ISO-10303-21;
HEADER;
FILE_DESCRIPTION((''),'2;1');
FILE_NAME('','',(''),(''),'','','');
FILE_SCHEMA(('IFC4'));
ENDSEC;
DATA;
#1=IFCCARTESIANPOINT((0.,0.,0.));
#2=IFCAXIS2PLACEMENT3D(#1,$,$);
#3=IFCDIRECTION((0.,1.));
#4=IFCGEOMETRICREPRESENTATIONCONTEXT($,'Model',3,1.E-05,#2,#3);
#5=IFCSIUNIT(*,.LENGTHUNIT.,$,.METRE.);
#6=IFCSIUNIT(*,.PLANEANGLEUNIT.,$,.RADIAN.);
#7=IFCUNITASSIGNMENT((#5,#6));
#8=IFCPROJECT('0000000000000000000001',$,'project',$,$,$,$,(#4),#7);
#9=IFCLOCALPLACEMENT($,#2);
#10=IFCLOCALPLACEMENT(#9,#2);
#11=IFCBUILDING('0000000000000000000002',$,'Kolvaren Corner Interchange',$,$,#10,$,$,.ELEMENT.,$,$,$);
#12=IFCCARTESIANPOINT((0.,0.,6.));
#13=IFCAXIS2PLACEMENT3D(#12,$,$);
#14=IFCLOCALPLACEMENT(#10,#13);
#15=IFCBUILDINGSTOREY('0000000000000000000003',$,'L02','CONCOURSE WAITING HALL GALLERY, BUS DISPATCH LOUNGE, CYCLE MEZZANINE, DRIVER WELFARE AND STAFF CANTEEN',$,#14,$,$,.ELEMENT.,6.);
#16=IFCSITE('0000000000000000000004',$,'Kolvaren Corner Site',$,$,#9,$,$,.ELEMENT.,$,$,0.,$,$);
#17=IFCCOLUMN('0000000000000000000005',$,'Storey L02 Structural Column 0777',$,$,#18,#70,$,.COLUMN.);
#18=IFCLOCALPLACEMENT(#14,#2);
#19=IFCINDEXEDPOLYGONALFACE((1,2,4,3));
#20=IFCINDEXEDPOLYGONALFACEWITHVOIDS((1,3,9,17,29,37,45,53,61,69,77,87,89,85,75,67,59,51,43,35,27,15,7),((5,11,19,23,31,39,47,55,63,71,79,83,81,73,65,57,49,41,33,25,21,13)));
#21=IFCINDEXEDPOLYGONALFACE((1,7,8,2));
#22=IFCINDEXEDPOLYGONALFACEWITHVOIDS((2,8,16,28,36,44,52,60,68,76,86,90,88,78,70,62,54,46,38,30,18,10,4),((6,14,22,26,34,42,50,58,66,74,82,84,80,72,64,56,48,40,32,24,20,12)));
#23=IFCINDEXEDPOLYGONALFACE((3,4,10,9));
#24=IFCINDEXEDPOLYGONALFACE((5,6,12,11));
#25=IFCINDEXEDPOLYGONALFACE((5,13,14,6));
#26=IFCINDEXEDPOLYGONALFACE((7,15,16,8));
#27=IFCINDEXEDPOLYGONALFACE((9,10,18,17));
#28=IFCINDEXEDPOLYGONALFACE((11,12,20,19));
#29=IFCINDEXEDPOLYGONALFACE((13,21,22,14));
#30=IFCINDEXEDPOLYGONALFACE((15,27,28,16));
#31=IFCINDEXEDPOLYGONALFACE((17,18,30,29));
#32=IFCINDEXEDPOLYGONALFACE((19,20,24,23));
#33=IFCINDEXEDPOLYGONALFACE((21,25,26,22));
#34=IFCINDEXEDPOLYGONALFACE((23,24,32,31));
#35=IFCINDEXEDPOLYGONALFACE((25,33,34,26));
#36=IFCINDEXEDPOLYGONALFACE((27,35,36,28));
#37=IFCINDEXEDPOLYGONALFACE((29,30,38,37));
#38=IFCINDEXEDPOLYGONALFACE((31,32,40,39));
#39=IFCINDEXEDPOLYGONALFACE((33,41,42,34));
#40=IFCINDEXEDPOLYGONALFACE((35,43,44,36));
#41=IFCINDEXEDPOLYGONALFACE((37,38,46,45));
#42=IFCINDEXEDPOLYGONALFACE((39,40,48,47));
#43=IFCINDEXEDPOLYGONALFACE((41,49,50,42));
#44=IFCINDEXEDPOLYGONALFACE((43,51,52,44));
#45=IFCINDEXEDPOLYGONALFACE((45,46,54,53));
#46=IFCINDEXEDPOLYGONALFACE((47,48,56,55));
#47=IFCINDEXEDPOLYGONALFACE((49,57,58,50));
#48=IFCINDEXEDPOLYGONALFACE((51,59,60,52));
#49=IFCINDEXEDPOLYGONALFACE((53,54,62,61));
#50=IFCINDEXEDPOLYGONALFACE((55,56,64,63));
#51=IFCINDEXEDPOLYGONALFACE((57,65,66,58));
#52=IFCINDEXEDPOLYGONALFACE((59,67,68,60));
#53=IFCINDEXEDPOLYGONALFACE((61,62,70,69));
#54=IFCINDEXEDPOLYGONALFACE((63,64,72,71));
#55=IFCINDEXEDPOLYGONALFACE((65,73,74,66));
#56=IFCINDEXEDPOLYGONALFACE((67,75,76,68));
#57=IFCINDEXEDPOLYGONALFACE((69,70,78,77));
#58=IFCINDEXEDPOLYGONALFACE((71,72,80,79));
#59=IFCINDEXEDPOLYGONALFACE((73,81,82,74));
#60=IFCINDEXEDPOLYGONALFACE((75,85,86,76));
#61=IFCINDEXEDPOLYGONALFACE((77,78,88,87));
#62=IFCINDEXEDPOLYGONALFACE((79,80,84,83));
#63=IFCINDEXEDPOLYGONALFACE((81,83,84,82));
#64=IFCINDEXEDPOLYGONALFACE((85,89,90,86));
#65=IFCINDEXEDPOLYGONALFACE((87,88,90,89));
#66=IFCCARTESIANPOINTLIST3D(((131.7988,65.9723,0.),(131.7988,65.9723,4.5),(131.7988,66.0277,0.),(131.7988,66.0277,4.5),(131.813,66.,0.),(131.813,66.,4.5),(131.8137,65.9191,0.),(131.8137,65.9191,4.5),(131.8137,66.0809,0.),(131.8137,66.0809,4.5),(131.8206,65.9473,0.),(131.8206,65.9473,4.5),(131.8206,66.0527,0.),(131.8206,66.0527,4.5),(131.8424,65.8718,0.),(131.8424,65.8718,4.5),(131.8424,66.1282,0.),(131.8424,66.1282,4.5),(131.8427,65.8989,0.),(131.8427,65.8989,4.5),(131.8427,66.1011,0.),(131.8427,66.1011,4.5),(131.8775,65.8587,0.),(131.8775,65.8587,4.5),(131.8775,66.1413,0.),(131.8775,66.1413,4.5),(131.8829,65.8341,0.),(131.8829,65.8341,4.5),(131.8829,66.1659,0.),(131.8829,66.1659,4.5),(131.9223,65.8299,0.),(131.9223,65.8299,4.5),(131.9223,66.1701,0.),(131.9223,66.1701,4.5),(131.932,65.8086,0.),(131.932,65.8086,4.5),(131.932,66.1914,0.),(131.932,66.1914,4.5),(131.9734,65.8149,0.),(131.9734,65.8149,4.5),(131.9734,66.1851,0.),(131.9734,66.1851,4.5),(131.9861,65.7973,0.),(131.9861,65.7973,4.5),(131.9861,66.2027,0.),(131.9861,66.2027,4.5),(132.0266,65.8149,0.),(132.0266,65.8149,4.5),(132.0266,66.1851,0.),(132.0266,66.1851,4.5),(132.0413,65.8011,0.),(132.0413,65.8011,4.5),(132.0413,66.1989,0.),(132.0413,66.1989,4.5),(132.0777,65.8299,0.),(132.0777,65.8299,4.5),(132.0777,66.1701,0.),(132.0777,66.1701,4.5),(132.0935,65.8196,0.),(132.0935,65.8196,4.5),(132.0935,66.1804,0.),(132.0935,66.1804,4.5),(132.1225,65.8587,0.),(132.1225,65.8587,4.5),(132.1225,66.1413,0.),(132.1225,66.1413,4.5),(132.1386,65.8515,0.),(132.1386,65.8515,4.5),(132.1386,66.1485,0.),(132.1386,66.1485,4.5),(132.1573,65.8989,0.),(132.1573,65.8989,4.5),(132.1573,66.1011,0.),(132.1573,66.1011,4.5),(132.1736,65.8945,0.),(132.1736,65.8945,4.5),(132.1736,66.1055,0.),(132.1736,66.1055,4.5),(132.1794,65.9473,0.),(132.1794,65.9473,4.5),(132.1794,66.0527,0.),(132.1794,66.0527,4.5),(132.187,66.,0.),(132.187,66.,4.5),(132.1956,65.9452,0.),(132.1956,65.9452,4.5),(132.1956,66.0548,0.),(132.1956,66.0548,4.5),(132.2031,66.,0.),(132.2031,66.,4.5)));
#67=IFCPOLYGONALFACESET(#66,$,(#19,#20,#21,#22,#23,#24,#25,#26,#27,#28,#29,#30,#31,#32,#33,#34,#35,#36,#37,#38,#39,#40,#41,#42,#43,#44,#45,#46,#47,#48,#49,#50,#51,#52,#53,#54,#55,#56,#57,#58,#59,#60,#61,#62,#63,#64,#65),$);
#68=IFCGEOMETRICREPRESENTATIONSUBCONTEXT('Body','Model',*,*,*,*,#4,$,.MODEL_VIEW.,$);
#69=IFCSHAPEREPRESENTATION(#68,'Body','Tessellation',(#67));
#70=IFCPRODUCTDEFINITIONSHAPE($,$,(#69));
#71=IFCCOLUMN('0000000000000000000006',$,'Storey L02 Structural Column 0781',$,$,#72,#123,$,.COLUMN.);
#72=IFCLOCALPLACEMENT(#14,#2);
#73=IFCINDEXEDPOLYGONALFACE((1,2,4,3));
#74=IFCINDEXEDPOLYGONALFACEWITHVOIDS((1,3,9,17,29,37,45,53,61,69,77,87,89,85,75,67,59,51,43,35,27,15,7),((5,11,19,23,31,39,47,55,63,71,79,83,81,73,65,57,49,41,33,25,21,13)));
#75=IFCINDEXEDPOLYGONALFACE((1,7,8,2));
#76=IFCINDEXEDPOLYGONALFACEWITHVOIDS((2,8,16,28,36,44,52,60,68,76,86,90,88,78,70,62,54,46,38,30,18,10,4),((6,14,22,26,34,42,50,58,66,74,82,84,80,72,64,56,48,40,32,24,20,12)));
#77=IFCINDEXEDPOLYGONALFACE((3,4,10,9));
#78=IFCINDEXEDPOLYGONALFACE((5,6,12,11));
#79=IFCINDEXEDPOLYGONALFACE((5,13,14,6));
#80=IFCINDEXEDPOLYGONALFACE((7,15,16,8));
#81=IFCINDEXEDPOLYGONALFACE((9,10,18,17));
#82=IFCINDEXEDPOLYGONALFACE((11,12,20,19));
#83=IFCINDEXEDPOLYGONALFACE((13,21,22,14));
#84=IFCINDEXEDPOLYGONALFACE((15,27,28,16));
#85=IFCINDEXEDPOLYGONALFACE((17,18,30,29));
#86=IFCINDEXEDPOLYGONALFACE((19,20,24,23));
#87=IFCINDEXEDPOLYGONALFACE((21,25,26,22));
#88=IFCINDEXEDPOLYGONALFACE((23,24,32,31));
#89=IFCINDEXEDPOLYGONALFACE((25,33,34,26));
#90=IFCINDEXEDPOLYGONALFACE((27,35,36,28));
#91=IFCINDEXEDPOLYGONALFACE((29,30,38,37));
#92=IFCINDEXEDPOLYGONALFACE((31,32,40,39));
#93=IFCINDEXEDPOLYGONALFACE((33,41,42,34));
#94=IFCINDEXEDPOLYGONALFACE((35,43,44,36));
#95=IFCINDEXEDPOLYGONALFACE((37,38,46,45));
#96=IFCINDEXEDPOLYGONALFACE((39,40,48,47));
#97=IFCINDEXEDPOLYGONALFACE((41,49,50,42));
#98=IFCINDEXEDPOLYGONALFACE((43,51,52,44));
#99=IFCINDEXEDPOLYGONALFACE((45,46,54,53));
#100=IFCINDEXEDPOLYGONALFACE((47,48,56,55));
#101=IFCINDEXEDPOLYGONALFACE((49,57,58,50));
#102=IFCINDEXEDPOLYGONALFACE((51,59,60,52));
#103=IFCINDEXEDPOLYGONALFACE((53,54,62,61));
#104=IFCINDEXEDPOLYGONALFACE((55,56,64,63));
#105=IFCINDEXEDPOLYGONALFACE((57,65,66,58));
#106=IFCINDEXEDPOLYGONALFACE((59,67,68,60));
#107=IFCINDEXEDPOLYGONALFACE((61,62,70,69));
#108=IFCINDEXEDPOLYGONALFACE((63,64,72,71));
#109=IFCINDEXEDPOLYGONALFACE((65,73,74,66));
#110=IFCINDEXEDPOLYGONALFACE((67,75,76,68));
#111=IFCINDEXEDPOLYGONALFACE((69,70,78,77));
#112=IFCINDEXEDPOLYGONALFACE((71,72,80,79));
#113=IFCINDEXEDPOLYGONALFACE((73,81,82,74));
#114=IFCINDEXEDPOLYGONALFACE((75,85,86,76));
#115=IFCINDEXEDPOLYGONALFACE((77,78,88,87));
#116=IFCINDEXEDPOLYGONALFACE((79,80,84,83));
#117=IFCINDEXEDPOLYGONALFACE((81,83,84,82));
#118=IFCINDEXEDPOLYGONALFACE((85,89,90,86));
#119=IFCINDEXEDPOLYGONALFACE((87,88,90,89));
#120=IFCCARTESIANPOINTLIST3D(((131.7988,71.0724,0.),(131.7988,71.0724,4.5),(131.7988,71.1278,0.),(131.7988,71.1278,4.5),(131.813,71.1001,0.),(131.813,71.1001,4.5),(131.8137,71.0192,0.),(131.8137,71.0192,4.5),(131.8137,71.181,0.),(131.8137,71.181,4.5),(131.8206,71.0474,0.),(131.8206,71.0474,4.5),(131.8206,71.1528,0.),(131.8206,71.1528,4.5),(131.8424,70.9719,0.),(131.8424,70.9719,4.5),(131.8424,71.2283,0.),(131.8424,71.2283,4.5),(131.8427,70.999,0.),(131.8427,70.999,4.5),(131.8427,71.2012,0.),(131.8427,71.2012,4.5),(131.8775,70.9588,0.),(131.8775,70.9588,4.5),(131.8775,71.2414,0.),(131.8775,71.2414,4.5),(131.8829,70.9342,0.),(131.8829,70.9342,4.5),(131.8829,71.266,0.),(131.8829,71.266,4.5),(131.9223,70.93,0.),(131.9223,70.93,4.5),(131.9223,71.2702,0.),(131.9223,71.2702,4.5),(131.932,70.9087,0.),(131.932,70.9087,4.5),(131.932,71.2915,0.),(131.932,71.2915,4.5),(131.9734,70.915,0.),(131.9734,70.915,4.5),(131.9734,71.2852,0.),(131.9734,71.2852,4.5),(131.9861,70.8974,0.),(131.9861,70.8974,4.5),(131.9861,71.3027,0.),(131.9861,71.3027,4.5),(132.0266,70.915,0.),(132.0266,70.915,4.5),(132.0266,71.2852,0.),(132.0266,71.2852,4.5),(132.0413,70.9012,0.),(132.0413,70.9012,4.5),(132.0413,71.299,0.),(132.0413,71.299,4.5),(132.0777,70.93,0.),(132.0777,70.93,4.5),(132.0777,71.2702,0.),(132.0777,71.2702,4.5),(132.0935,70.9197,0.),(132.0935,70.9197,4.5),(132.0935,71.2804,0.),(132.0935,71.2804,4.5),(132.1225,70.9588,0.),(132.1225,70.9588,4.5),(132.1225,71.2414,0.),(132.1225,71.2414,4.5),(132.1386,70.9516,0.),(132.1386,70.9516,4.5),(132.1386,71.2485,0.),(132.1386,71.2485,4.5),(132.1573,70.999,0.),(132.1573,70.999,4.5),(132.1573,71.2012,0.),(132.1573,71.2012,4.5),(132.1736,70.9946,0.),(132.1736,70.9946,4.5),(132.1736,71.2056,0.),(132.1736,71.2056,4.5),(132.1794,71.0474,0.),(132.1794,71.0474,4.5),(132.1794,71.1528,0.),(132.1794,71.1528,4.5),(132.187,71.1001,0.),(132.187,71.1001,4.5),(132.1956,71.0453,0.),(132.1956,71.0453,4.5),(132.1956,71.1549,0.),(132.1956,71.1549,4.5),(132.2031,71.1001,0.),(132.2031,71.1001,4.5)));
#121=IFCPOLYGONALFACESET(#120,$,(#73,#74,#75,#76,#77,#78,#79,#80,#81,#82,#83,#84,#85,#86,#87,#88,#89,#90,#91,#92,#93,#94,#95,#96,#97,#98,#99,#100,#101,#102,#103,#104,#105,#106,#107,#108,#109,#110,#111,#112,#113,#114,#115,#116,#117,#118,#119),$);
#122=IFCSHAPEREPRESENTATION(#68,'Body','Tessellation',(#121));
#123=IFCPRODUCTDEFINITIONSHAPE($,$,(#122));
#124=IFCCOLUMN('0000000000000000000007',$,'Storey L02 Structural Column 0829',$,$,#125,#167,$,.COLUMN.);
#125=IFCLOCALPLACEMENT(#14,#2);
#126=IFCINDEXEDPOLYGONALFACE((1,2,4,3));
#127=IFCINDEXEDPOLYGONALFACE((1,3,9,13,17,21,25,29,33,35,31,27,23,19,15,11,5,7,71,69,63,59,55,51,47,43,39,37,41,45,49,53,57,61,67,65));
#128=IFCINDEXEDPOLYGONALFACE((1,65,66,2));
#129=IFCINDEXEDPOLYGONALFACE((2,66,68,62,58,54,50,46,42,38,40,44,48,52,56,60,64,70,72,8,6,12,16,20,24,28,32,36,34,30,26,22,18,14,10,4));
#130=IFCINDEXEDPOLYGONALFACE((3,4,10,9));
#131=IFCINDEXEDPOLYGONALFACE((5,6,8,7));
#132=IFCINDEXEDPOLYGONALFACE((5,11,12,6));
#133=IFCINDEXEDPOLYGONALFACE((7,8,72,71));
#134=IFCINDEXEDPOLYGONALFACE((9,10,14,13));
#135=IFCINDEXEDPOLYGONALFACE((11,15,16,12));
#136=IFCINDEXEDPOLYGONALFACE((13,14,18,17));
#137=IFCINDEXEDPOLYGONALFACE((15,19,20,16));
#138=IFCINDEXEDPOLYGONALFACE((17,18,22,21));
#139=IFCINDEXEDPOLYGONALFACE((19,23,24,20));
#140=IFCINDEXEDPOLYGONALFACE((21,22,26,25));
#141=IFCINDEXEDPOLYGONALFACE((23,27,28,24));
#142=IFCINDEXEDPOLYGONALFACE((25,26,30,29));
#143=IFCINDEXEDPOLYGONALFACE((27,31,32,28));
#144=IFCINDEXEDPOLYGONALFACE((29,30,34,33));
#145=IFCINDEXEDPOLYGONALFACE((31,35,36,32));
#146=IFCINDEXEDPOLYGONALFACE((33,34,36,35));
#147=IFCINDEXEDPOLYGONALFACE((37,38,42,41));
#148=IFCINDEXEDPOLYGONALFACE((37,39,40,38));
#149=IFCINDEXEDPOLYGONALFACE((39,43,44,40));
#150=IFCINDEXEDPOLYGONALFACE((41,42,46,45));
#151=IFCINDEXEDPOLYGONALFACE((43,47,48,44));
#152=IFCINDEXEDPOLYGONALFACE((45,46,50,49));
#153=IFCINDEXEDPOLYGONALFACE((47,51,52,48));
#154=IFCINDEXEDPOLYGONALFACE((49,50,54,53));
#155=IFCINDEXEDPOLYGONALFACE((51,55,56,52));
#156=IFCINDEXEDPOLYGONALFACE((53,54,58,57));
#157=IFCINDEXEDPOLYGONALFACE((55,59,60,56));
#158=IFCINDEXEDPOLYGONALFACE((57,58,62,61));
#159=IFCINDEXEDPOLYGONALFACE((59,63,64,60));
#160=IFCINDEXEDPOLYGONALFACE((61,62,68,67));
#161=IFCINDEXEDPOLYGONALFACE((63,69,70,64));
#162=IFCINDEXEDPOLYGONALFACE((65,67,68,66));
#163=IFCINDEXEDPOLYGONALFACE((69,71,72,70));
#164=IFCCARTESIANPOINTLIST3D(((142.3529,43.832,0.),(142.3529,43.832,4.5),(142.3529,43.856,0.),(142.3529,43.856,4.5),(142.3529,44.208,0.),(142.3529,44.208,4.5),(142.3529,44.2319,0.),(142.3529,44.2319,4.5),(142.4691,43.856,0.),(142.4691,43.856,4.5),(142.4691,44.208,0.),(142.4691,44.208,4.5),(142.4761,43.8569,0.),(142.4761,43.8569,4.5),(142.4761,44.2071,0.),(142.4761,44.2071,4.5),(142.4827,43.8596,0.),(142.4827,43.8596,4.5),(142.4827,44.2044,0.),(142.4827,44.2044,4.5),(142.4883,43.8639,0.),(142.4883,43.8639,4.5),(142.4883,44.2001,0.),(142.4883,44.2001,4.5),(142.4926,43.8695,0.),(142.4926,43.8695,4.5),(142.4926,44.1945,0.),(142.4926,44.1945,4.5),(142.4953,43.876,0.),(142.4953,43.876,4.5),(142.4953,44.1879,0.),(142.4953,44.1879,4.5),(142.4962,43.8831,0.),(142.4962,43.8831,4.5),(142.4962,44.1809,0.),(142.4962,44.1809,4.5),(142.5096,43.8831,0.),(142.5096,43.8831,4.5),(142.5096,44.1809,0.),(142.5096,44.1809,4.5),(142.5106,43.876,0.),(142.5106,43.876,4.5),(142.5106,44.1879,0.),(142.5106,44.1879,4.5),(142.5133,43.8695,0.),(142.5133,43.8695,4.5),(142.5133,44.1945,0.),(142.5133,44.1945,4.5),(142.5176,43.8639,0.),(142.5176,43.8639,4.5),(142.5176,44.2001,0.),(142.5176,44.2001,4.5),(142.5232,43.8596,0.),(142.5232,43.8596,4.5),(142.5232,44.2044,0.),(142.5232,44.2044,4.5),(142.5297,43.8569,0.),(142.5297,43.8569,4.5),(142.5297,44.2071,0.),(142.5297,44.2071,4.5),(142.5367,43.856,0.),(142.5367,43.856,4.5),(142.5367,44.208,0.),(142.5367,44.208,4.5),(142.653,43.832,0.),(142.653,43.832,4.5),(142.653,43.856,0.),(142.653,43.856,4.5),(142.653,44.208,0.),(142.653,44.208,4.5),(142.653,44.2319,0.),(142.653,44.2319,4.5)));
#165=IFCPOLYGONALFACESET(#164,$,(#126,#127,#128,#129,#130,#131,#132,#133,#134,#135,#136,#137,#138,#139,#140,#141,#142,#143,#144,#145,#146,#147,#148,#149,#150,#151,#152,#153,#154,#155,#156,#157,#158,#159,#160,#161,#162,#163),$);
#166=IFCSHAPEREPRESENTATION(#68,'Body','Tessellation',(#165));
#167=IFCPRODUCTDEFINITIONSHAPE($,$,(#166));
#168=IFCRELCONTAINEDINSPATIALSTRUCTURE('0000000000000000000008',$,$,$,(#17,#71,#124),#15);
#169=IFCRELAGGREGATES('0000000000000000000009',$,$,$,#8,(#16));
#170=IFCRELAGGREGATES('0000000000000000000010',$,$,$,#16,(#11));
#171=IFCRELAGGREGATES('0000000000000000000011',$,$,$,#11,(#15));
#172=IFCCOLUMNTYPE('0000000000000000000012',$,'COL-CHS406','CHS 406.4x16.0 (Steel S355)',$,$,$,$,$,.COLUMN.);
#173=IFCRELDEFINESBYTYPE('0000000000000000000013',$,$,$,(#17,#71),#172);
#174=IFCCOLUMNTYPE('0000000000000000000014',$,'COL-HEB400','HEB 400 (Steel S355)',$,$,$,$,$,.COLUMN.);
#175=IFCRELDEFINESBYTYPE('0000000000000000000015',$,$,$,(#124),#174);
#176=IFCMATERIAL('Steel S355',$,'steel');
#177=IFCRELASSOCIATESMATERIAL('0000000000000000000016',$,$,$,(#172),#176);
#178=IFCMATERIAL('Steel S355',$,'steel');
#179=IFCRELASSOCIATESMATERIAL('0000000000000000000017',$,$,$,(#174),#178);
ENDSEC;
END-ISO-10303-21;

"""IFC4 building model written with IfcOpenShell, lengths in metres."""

from ifc_helpers import new_model, si_unit, direction, frame, origin, origin_2d, place, context, subcontext, project, spatial, hollow_circle, i_section, extrude, material, material_profile, profile_set, type_object, element, save


model = new_model("IFC4")

# Units and contexts
model_context = context("Model", 3, precision=1e-05, world=origin(), true_north=direction((0.0, 1.0)))
body_context = subcontext(model_context, "Body", "Model", "MODEL_VIEW")
ifc_project = project(units=[si_unit("LENGTHUNIT", "METRE"), si_unit("PLANEANGLEUNIT", "RADIAN")], contexts=[model_context])

# Site, building, storey
site_placement = place(None, origin())
site = spatial("IfcSite", under=ifc_project, at=site_placement, Name="Kolvaren Corner Site", CompositionType="ELEMENT", RefElevation=0.0)
building_placement = place(site_placement, origin())
building = spatial("IfcBuilding", under=site, at=building_placement, Name="Kolvaren Corner Interchange", CompositionType="ELEMENT")
storey_placement = place(building_placement, frame((0.0, 0.0, 6.0)))
storey = spatial("IfcBuildingStorey", under=building, at=storey_placement, Name="L02", Description="CONCOURSE WAITING HALL GALLERY, BUS DISPATCH LOUNGE, CYCLE MEZZANINE, DRIVER WELFARE AND STAFF CANTEEN", CompositionType="ELEMENT", Elevation=6.0)

# Columns
ifc_material_1 = material(Name="Steel S355", Category="steel")
ifc_material_profile_1 = material_profile(ifc_material_1, hollow_circle(Radius=0.2031, WallThickness=0.0161, at=origin_2d()), Name="CHS 406.4x16.0")
ifc_profile_set_1 = profile_set([ifc_material_profile_1], Name="Steel S355")
column_type_1 = type_object("IfcColumnType", Name="COL-CHS406", Description="CHS 406.4x16.0 (Steel S355)", PredefinedType="COLUMN", material=ifc_profile_set_1)
for number, where, z_axis, x_axis, name in (
    (1, (132.0, 66.0, 0.0), (0.0, 0.0, 1.0), (1.0, 0.0, 0.0), "Storey L02 Structural Column 0777"),
    (2, (132.0, 71.1001, 0.0), (0.0, 0.0, 1.0), (1.0, 0.0, 0.0), "Storey L02 Structural Column 0781"),
):
    element("IfcColumn", number, at=place(storey_placement, frame(where, z_axis=z_axis, x_axis=x_axis)), inside=storey, type_object=column_type_1, Name=name, PredefinedType="COLUMN", context=body_context, shape_type="SweptSolid", body=[
        extrude(hollow_circle(Radius=0.2031, WallThickness=0.0161, at=origin_2d()), origin(), (0.0, 0.0, 1.0), 4.5),
    ])
ifc_material_2 = material(Name="Steel S355", Category="steel")
ifc_material_profile_2 = material_profile(ifc_material_2, i_section(OverallWidth=0.3, OverallDepth=0.3999, WebThickness=0.0134, FlangeThickness=0.0239, FilletRadius=0.0271, at=origin_2d()), Name="HEB 400")
ifc_profile_set_2 = profile_set([ifc_material_profile_2], Name="Steel S355")
column_type_2 = type_object("IfcColumnType", Name="COL-HEB400", Description="HEB 400 (Steel S355)", PredefinedType="COLUMN", material=ifc_profile_set_2)
for number, where, z_axis, x_axis, name in (
    (3, (142.5029, 44.032, 0.0), (0.0, 0.0, 1.0), (1.0, 0.0, 0.0), "Storey L02 Structural Column 0829"),
):
    element("IfcColumn", number, at=place(storey_placement, frame(where, z_axis=z_axis, x_axis=x_axis)), inside=storey, type_object=column_type_2, Name=name, PredefinedType="COLUMN", context=body_context, shape_type="SweptSolid", body=[
        extrude(i_section(OverallWidth=0.3, OverallDepth=0.3999, WebThickness=0.0134, FlangeThickness=0.0239, FilletRadius=0.0271, at=origin_2d()), origin(), (0.0, 0.0, 1.0), 4.5),
    ])

save(model, "model.ifc")
